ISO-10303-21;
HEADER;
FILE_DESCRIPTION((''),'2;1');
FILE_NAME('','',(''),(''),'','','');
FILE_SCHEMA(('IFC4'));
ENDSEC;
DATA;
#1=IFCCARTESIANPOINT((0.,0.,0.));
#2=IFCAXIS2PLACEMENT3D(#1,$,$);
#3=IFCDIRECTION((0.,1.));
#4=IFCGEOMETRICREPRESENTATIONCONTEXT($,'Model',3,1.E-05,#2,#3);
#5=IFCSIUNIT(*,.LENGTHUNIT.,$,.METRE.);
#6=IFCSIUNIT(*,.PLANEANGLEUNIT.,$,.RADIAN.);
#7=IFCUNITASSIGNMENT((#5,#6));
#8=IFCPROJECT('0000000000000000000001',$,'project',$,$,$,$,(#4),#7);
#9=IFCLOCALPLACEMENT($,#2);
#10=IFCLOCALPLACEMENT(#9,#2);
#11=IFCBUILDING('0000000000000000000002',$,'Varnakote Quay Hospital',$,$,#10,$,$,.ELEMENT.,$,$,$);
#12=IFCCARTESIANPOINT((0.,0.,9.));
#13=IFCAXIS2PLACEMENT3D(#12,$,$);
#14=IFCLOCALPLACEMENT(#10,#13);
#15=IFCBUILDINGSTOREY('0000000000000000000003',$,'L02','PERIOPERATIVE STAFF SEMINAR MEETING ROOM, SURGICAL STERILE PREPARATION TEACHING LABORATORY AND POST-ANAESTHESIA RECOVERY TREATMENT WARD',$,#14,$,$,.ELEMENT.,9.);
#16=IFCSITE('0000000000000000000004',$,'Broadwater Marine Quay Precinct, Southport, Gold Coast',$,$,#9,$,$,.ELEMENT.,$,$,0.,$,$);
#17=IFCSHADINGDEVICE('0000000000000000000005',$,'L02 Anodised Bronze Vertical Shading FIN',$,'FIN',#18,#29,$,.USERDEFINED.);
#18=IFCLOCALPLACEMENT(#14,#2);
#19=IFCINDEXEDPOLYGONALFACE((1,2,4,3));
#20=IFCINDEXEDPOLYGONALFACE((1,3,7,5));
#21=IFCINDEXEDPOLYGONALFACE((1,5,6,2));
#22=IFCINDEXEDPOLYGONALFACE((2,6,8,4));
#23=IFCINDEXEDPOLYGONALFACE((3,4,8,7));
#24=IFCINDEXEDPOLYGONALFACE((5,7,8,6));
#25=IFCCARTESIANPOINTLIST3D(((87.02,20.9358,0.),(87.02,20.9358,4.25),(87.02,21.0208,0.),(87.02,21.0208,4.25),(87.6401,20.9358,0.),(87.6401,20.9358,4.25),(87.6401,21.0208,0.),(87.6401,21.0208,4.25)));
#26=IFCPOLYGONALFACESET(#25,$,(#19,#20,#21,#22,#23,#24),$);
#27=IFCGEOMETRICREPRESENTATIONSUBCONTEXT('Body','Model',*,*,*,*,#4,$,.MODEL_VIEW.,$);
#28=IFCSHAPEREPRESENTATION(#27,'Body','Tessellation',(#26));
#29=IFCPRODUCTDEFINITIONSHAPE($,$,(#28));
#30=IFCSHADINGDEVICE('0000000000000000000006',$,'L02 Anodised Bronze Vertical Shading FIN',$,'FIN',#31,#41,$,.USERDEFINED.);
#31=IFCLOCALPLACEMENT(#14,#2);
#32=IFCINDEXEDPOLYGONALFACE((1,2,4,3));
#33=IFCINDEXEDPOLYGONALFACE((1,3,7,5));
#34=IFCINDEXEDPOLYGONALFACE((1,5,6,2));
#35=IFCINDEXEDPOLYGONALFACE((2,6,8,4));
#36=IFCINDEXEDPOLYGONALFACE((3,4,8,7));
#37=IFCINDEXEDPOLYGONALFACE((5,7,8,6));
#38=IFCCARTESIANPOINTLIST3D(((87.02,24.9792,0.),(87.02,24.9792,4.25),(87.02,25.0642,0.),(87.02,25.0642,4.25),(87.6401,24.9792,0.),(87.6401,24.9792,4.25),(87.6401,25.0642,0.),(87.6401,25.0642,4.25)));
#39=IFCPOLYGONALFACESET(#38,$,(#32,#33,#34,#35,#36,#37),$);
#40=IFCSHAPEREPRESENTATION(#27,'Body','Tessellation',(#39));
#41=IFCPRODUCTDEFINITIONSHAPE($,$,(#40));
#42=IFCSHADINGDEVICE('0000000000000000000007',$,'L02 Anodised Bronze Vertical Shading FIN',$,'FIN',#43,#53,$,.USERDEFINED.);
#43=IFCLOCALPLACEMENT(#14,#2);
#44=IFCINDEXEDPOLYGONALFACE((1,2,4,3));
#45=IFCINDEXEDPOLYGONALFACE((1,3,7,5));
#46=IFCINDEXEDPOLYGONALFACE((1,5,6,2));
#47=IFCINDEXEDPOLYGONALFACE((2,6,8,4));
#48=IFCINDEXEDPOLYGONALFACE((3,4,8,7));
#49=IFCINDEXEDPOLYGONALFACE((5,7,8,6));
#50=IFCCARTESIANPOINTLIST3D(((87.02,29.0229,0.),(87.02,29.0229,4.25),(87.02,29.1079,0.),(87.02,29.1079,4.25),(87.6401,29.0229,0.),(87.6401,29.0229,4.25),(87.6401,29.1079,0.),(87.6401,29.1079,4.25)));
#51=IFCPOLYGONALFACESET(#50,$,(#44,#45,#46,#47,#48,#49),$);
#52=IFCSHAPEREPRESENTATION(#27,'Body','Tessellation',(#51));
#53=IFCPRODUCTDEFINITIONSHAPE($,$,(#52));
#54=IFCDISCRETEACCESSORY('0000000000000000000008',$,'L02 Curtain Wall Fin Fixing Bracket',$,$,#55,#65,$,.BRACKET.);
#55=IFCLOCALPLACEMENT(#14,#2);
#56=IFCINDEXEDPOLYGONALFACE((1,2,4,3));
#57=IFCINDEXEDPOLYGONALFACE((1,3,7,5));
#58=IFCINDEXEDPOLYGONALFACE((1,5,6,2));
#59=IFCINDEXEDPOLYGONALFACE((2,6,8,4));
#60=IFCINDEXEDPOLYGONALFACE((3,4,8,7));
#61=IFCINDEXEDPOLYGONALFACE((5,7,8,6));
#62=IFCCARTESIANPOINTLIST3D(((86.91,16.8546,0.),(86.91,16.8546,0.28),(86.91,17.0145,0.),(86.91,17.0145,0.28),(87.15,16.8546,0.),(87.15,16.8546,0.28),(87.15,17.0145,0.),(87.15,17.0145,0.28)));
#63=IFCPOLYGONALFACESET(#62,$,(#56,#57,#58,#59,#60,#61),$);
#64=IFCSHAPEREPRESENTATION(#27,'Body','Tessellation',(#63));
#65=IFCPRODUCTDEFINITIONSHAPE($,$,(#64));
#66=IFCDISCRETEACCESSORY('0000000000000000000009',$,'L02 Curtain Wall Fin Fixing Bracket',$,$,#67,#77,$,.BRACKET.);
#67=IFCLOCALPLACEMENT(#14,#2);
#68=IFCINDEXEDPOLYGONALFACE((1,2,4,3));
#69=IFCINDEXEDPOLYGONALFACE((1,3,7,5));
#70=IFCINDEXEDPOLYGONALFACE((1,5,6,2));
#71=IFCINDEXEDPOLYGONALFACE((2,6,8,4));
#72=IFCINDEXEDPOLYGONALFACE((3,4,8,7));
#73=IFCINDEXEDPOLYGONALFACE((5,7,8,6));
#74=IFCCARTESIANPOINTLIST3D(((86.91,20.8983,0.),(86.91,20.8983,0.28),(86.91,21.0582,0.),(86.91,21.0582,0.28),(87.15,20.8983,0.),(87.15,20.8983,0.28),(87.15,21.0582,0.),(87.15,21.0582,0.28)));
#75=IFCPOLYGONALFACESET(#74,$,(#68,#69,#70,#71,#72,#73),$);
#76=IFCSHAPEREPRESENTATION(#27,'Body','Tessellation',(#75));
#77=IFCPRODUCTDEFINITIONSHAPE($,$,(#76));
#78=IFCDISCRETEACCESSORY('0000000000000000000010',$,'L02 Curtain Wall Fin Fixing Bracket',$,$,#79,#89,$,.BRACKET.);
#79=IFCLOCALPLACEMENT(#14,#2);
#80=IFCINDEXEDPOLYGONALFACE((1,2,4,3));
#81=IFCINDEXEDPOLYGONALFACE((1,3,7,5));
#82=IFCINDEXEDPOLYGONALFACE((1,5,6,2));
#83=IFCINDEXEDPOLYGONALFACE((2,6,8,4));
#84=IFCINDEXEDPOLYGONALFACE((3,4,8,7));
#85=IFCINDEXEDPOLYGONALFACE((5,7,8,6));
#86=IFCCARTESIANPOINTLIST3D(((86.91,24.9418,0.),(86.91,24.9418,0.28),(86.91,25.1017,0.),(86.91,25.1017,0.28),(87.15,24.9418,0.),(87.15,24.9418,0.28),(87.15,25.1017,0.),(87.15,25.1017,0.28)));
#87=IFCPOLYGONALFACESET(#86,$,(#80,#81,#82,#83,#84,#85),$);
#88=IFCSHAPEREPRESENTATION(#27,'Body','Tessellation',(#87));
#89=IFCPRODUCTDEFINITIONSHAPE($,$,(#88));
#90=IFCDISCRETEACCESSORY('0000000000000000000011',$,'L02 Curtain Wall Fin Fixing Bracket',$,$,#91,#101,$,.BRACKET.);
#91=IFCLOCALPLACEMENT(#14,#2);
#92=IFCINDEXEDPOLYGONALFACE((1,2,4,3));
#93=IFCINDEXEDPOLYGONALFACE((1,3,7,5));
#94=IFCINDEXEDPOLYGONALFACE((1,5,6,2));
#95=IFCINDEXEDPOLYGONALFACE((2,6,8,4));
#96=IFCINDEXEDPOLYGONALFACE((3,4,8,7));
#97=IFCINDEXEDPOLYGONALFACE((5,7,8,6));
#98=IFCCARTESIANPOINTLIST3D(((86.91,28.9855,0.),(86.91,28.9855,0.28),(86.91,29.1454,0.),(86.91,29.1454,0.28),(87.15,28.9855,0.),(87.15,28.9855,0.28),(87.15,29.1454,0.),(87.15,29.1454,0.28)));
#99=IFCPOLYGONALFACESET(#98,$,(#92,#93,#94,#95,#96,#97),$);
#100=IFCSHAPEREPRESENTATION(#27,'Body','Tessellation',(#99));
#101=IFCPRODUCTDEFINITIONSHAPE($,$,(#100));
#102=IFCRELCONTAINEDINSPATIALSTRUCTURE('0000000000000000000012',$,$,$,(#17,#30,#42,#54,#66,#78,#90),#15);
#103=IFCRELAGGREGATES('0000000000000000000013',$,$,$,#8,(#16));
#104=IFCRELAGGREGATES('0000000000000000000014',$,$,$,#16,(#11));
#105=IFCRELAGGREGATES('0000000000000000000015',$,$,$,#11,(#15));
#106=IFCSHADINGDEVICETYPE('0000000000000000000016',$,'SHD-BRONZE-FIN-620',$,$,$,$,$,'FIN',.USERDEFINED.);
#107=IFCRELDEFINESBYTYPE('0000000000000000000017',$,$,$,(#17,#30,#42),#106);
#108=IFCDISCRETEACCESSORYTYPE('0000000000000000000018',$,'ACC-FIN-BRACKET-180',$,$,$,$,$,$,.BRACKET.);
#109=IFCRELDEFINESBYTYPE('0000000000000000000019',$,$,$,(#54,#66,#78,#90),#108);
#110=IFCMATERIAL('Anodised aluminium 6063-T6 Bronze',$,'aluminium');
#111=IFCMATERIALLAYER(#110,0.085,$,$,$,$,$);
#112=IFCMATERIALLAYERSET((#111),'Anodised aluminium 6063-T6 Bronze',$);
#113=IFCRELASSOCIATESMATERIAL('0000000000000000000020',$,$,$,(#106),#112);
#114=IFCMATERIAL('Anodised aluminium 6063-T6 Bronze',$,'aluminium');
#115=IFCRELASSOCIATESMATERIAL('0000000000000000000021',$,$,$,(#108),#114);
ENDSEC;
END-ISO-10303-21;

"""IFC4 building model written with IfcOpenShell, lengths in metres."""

from ifc_helpers import new_model, si_unit, direction, frame, origin, origin_2d, place, context, subcontext, project, spatial, rectangle, extrude, material, layer, layer_set, type_object, element, save


model = new_model("IFC4")

# Units and contexts
model_context = context("Model", 3, precision=1e-05, world=origin(), true_north=direction((0.0, 1.0)))
body_context = subcontext(model_context, "Body", "Model", "MODEL_VIEW")
ifc_project = project(units=[si_unit("LENGTHUNIT", "METRE"), si_unit("PLANEANGLEUNIT", "RADIAN")], contexts=[model_context])

# Site, building, storey
site_placement = place(None, origin())
site = spatial("IfcSite", under=ifc_project, at=site_placement, Name="Broadwater Marine Quay Precinct, Southport, Gold Coast", CompositionType="ELEMENT", RefElevation=0.0)
building_placement = place(site_placement, origin())
building = spatial("IfcBuilding", under=site, at=building_placement, Name="Varnakote Quay Hospital", CompositionType="ELEMENT")
storey_placement = place(building_placement, frame((0.0, 0.0, 9.0)))
storey = spatial("IfcBuildingStorey", under=building, at=storey_placement, Name="L02", Description="PERIOPERATIVE STAFF SEMINAR MEETING ROOM, SURGICAL STERILE PREPARATION TEACHING LABORATORY AND POST-ANAESTHESIA RECOVERY TREATMENT WARD", CompositionType="ELEMENT", Elevation=9.0)

# Shading devices
ifc_material_1 = material(Name="Anodised aluminium 6063-T6 Bronze", Category="aluminium")
ifc_layer_1 = layer(ifc_material_1, 0.085)
ifc_layer_set_1 = layer_set([ifc_layer_1], Name="Anodised aluminium 6063-T6 Bronze")
shading_device_type = type_object("IfcShadingDeviceType", Name="SHD-BRONZE-FIN-620", ElementType="FIN", PredefinedType="USERDEFINED", material=ifc_layer_set_1)
for number, where, z_axis, x_axis, name in (
    (1, (87.3301, 20.9783, 0.0), (0.0, 0.0, 1.0), (-1.0, 0.0, 0.0), "L02 Anodised Bronze Vertical Shading FIN"),
    (2, (87.3301, 25.0217, 0.0), (0.0, 0.0, 1.0), (-1.0, 0.0, 0.0), "L02 Anodised Bronze Vertical Shading FIN"),
    (3, (87.3301, 29.0654, 0.0), (0.0, 0.0, 1.0), (-1.0, 0.0, 0.0), "L02 Anodised Bronze Vertical Shading FIN"),
):
    element("IfcShadingDevice", number, at=place(storey_placement, frame(where, z_axis=z_axis, x_axis=x_axis)), inside=storey, type_object=shading_device_type, Name=name, ObjectType="FIN", PredefinedType="USERDEFINED", context=body_context, shape_type="SweptSolid", body=[
        extrude(rectangle(XDim=0.6201, YDim=0.085, at=origin_2d()), origin(), (0.0, 0.0, 1.0), 4.25),
    ])

# Discrete accessories
ifc_material_2 = material(Name="Anodised aluminium 6063-T6 Bronze", Category="aluminium")
discrete_accessory_type = type_object("IfcDiscreteAccessoryType", Name="ACC-FIN-BRACKET-180", PredefinedType="BRACKET", material=ifc_material_2)
for number, where, z_axis, x_axis, name in (
    (4, (87.03, 16.9346, 0.0), (0.0, 0.0, 1.0), (0.0, 1.0, 0.0), "L02 Curtain Wall Fin Fixing Bracket"),
    (5, (87.03, 20.9783, 0.0), (0.0, 0.0, 1.0), (0.0, 1.0, 0.0), "L02 Curtain Wall Fin Fixing Bracket"),
    (6, (87.03, 25.0217, 0.0), (0.0, 0.0, 1.0), (0.0, 1.0, 0.0), "L02 Curtain Wall Fin Fixing Bracket"),
    (7, (87.03, 29.0654, 0.0), (0.0, 0.0, 1.0), (0.0, 1.0, 0.0), "L02 Curtain Wall Fin Fixing Bracket"),
):
    element("IfcDiscreteAccessory", number, at=place(storey_placement, frame(where, z_axis=z_axis, x_axis=x_axis)), inside=storey, type_object=discrete_accessory_type, Name=name, PredefinedType="BRACKET", context=body_context, shape_type="SweptSolid", body=[
        extrude(rectangle(XDim=0.1599, YDim=0.24, at=origin_2d()), origin(), (0.0, 0.0, 1.0), 0.28),
    ])

save(model, "model.ifc")
